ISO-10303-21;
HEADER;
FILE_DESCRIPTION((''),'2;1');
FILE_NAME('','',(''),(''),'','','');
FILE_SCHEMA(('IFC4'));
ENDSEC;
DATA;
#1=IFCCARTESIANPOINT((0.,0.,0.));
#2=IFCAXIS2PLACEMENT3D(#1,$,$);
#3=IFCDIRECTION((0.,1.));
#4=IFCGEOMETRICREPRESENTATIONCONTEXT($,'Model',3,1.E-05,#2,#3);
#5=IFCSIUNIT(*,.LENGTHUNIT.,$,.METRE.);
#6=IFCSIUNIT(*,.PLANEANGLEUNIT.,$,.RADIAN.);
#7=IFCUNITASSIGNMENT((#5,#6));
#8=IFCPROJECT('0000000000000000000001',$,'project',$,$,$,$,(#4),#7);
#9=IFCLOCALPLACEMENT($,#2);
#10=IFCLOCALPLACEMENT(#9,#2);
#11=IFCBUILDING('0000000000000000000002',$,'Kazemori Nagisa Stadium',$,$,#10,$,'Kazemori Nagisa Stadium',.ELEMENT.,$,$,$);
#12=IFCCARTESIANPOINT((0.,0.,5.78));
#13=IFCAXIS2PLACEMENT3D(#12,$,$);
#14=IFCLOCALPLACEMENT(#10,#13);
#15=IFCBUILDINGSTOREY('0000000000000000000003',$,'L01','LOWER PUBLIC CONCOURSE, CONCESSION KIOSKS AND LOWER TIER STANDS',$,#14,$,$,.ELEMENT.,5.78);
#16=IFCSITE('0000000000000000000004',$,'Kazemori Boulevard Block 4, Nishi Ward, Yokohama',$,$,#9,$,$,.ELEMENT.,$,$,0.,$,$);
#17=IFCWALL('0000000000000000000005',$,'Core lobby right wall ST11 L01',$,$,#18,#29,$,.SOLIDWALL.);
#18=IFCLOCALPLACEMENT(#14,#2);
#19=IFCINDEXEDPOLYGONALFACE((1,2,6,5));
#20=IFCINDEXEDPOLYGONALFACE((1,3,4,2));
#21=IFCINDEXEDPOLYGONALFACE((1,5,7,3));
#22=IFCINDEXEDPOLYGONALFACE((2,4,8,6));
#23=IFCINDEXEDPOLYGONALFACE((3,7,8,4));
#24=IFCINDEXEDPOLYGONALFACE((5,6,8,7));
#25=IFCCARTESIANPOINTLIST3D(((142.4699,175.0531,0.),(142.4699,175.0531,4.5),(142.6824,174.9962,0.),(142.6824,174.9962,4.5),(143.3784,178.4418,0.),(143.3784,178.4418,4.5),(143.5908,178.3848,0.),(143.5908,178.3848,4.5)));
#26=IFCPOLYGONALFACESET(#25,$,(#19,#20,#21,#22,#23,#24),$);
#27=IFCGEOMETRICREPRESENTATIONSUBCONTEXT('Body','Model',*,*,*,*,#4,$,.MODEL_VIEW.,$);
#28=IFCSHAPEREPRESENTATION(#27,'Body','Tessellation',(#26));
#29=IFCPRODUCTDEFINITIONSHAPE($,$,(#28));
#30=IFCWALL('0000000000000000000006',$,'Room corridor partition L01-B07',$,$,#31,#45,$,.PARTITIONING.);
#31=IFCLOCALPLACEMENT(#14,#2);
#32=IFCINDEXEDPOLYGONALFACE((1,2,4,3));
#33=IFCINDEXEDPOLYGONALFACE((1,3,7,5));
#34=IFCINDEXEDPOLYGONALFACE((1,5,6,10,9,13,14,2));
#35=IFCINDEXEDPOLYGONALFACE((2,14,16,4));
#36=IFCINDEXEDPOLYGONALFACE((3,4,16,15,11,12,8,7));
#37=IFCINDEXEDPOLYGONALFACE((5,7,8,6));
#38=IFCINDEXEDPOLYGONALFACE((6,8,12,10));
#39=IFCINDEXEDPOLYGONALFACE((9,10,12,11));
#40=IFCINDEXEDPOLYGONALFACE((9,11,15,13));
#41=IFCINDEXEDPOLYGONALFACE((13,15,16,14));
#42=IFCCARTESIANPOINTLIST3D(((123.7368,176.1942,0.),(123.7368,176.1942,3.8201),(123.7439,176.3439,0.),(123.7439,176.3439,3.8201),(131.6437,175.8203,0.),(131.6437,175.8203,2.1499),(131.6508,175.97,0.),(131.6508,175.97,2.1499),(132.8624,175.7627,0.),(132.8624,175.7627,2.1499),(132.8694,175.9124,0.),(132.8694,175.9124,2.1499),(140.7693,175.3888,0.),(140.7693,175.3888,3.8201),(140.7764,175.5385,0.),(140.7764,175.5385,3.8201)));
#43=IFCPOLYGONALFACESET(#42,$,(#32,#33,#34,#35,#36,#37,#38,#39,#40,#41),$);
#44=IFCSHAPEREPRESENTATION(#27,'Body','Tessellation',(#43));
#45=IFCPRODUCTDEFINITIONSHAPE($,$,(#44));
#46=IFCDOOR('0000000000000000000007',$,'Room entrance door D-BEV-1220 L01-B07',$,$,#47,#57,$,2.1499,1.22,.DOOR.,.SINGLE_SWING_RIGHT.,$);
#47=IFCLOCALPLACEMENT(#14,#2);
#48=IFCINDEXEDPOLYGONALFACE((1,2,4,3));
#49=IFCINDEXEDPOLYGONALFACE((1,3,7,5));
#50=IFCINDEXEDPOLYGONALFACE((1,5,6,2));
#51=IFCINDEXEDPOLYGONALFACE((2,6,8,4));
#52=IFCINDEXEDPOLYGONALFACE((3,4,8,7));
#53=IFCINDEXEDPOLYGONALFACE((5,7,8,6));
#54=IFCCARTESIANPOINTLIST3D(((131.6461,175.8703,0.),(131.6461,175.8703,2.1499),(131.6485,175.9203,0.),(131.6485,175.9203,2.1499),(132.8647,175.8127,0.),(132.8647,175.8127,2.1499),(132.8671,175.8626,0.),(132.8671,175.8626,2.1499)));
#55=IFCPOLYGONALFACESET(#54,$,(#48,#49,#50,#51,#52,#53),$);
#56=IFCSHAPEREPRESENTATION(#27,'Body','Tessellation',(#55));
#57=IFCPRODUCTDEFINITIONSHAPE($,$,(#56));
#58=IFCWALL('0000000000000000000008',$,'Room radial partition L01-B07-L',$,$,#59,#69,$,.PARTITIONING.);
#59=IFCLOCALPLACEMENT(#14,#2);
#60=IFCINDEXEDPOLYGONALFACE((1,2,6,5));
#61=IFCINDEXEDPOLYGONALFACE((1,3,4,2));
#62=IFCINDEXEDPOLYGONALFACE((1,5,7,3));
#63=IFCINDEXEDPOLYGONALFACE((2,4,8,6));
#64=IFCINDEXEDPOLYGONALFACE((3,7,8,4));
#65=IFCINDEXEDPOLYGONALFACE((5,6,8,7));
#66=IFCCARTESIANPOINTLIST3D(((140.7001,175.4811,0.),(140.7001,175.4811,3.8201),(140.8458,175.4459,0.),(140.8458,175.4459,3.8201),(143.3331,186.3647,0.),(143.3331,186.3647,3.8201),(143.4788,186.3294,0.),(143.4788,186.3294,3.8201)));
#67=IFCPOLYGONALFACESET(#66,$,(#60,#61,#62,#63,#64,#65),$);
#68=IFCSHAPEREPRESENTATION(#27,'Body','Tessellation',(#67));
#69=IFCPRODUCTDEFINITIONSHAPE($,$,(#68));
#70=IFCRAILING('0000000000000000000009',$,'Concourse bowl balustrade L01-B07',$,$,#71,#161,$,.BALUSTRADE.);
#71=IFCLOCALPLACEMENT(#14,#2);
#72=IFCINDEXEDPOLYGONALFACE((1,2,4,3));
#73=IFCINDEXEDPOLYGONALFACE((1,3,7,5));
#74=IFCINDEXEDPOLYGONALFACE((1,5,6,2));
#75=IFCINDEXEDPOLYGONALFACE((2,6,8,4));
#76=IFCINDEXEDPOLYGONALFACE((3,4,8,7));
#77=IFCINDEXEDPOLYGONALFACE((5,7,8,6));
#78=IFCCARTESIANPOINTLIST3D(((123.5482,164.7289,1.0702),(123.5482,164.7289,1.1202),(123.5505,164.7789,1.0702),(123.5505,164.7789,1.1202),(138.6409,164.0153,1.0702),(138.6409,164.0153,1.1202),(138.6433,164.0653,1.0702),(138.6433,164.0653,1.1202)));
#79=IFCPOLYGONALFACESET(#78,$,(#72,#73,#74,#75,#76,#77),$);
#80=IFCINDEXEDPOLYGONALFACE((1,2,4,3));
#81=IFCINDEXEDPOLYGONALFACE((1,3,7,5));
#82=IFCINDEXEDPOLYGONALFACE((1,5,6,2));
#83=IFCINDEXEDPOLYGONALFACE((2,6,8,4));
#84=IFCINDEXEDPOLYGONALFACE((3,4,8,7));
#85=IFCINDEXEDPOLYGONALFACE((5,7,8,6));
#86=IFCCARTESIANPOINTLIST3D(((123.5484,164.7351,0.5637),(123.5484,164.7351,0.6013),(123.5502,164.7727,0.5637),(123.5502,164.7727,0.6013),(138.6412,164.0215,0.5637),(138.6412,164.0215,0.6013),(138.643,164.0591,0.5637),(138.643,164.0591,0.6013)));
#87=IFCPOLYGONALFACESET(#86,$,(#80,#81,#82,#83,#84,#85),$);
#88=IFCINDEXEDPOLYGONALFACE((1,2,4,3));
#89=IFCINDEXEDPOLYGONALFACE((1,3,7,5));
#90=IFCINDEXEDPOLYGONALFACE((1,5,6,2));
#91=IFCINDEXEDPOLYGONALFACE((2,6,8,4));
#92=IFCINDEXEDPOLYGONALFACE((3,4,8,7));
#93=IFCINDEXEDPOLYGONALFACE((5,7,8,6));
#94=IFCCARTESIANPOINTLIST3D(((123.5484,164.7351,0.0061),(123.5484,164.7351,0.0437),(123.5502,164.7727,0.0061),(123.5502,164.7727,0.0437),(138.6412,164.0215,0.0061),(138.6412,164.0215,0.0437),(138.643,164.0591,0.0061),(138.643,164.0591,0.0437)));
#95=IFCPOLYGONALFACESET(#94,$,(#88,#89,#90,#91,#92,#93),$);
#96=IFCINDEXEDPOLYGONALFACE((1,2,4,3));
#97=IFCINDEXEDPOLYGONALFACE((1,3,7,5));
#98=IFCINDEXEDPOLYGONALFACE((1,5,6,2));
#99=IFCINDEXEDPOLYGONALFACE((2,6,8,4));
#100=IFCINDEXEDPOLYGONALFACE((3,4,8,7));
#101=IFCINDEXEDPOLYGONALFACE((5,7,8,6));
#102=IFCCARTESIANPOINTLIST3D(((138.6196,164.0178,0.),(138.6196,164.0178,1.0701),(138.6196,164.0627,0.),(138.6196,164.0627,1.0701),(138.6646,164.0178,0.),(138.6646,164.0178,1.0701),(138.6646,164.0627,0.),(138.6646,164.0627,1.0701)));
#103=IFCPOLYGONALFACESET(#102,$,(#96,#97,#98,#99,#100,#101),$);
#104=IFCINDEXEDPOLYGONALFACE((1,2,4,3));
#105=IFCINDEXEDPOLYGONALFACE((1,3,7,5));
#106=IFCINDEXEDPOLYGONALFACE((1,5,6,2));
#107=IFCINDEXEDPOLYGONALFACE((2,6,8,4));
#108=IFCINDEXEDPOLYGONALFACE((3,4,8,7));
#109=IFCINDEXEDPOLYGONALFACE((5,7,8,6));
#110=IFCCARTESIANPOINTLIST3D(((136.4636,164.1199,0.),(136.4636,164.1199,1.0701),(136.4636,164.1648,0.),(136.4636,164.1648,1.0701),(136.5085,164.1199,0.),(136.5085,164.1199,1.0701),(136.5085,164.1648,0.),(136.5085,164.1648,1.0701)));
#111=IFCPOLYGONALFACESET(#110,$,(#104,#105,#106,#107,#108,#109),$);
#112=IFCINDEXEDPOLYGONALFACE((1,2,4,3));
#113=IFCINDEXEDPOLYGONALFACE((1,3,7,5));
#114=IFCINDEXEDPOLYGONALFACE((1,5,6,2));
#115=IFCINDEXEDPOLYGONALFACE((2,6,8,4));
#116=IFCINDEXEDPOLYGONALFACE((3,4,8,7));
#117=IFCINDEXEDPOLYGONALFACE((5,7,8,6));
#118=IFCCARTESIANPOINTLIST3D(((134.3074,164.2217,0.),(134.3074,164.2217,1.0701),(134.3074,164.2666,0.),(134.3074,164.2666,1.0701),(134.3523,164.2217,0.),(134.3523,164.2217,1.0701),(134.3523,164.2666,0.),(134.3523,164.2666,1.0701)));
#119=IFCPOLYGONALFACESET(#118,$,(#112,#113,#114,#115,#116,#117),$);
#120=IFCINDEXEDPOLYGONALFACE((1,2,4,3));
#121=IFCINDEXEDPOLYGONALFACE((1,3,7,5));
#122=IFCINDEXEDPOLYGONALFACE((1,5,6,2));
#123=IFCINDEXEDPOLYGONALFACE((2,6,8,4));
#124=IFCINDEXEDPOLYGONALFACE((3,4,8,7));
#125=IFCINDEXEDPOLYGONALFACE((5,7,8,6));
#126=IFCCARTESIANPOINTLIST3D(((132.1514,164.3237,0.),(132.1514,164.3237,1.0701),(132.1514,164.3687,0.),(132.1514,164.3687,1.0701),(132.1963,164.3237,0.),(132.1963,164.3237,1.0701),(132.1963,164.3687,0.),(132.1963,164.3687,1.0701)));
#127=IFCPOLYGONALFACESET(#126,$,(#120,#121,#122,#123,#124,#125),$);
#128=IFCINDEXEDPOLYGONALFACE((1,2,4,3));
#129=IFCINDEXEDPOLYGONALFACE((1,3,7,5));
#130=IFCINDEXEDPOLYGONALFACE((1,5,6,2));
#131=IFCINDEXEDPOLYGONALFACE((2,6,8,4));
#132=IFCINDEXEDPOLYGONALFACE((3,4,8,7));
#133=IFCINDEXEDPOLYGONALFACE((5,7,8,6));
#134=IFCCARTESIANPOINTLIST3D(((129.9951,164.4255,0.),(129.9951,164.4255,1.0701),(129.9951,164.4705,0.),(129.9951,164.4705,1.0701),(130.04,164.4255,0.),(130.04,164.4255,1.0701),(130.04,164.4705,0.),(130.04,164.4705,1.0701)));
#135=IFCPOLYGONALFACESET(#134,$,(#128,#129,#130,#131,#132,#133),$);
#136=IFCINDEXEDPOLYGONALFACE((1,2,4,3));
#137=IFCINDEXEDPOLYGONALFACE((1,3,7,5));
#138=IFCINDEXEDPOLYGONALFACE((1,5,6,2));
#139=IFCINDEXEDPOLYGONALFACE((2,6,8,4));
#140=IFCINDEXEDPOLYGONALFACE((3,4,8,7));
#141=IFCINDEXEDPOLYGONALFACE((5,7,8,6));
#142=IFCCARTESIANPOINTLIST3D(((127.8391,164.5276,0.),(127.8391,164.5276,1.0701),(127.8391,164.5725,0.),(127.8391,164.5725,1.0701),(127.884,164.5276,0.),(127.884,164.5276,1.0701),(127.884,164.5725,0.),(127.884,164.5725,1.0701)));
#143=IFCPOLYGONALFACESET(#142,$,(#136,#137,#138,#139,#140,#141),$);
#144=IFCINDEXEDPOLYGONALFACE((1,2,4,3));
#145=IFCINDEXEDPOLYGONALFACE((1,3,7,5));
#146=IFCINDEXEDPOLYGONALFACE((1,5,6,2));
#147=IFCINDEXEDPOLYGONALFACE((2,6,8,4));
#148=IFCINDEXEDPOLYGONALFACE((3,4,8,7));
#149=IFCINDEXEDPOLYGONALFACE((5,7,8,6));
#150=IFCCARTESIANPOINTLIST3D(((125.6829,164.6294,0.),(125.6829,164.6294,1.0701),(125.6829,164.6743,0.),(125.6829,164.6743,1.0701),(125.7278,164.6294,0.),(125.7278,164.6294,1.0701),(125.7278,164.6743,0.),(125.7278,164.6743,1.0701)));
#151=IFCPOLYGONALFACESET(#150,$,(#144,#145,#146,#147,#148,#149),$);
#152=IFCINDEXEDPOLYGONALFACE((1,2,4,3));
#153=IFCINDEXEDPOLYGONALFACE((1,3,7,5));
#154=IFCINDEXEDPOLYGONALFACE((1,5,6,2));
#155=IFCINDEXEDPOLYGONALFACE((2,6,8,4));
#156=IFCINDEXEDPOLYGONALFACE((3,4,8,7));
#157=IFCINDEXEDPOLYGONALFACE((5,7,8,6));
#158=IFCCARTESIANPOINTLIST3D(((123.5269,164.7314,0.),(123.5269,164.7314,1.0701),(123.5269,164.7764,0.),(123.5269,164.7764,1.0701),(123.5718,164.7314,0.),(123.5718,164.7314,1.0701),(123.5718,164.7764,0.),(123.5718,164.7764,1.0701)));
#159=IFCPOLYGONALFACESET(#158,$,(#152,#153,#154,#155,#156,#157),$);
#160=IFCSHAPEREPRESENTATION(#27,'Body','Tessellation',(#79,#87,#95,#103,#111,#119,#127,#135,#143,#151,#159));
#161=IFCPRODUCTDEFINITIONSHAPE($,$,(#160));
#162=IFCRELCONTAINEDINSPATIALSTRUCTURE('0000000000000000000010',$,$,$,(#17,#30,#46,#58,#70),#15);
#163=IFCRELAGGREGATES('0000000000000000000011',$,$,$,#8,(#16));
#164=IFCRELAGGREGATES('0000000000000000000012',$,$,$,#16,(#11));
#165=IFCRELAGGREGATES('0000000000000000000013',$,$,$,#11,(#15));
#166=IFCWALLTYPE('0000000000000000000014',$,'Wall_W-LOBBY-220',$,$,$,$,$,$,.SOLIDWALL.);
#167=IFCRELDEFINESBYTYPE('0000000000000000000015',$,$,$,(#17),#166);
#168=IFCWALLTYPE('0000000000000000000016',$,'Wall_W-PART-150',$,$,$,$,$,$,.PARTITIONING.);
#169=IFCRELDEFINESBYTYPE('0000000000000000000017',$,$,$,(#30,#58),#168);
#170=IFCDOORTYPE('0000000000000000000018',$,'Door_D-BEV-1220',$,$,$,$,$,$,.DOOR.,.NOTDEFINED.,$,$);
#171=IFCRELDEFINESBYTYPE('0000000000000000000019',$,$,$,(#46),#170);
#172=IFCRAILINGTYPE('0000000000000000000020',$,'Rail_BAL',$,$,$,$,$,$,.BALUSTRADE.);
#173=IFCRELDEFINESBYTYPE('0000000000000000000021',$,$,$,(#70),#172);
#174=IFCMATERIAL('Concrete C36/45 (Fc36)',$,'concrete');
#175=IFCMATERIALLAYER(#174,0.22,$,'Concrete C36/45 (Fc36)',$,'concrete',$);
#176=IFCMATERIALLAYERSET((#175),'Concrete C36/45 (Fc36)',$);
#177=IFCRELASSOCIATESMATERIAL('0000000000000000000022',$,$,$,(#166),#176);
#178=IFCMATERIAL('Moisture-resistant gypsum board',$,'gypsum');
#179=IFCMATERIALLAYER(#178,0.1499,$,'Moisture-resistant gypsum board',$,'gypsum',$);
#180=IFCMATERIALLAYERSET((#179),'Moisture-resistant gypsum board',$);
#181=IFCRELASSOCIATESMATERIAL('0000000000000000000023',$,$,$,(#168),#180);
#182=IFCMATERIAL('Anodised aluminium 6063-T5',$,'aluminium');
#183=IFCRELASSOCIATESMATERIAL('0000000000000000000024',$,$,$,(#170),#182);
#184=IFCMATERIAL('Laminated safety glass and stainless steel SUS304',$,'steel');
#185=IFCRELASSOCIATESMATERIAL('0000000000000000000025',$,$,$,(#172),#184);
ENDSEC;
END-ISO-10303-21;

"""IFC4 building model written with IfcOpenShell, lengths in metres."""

from ifc_helpers import new_model, si_unit, direction, frame, frame_2d, origin, origin_2d, place, context, subcontext, project, spatial, rectangle, extrude, material, layer, layer_set, type_object, element, fill, save


model = new_model("IFC4")

# Units and contexts
model_context = context("Model", 3, precision=1e-05, world=origin(), true_north=direction((0.0, 1.0)))
body_context = subcontext(model_context, "Body", "Model", "MODEL_VIEW")
ifc_project = project(units=[si_unit("LENGTHUNIT", "METRE"), si_unit("PLANEANGLEUNIT", "RADIAN")], contexts=[model_context])

# Site, building, storey
site_placement = place(None, origin())
site = spatial("IfcSite", under=ifc_project, at=site_placement, Name="Kazemori Boulevard Block 4, Nishi Ward, Yokohama", CompositionType="ELEMENT", RefElevation=0.0)
building_placement = place(site_placement, origin())
building = spatial("IfcBuilding", under=site, at=building_placement, Name="Kazemori Nagisa Stadium", LongName="Kazemori Nagisa Stadium", CompositionType="ELEMENT")
storey_placement = place(building_placement, frame((0.0, 0.0, 5.78)))
storey = spatial("IfcBuildingStorey", under=building, at=storey_placement, Name="L01", Description="LOWER PUBLIC CONCOURSE, CONCESSION KIOSKS AND LOWER TIER STANDS", CompositionType="ELEMENT", Elevation=5.78)

# Wall
ifc_material_1 = material(Name="Concrete C36/45 (Fc36)", Category="concrete")
ifc_layer_1 = layer(ifc_material_1, 0.22, Name="Concrete C36/45 (Fc36)", Category="concrete")
ifc_layer_set_1 = layer_set([ifc_layer_1], Name="Concrete C36/45 (Fc36)")
wall_type_1 = type_object("IfcWallType", Name="Wall_W-LOBBY-220", PredefinedType="SOLIDWALL", material=ifc_layer_set_1)
wall_1_placement = place(storey_placement, frame((142.5762, 175.0247, 0.0), z_axis=(0.0, 0.0, 1.0), x_axis=(0.25894, 0.965893, 0.0)))
element("IfcWall", 1, at=wall_1_placement, inside=storey, type_object=wall_type_1, Name="Core lobby right wall ST11 L01", PredefinedType="SOLIDWALL", context=body_context, shape_type="SweptSolid", body=[
    extrude(rectangle(XDim=3.5083, YDim=0.22, at=frame_2d((1.7542, 0.0))), origin(), (0.0, 0.0, 1.0), 4.5),
])

# Wall, opening, door
ifc_material_2 = material(Name="Moisture-resistant gypsum board", Category="gypsum")
ifc_layer_2 = layer(ifc_material_2, 0.1499, Name="Moisture-resistant gypsum board", Category="gypsum")
ifc_layer_set_2 = layer_set([ifc_layer_2], Name="Moisture-resistant gypsum board")
wall_type_2 = type_object("IfcWallType", Name="Wall_W-PART-150", PredefinedType="PARTITIONING", material=ifc_layer_set_2)
wall_2_placement = place(storey_placement, frame((140.7729, 175.4636, 0.0), z_axis=(0.0, 0.0, 1.0), x_axis=(-0.998884, 0.047235, 0.0)))
wall_2 = element("IfcWall", 2, at=wall_2_placement, inside=storey, type_object=wall_type_2, Name="Room corridor partition L01-B07", PredefinedType="PARTITIONING", context=body_context, shape_type="SweptSolid", body=[
    extrude(rectangle(XDim=17.0515, YDim=0.1499, at=frame_2d((8.5259, 0.0))), origin(), (0.0, 0.0, 1.0), 3.8201),
])
opening_placement = place(wall_2_placement, frame((7.916, 0.0, 0.0)))
opening = element("IfcOpeningElement", 3, at=opening_placement, cuts=wall_2, PredefinedType="OPENING", context=body_context, shape_type="SweptSolid", body=[
    extrude(rectangle(XDim=1.22, YDim=2.1499, at=frame_2d((0.6099, 1.075))), frame((0.0, 0.085, 0.0), z_axis=(0.0, -1.0, 0.0), x_axis=(1.0, 0.0, 0.0)), (0.0, 0.0, 1.0), 0.1699),
])
ifc_material_3 = material(Name="Anodised aluminium 6063-T5", Category="aluminium")
door_type = type_object("IfcDoorType", Name="Door_D-BEV-1220", OperationType="NOTDEFINED", PredefinedType="DOOR", material=ifc_material_3)
door_placement = place(opening_placement, origin())
door = element("IfcDoor", 4, at=door_placement, inside=storey, type_object=door_type, Name="Room entrance door D-BEV-1220 L01-B07", OperationType="SINGLE_SWING_RIGHT", OverallHeight=2.1499, OverallWidth=1.22, PredefinedType="DOOR", context=body_context, shape_type="SweptSolid", body=[
    extrude(rectangle(XDim=1.22, YDim=2.1499, at=frame_2d((0.6099, 1.075))), frame((0.0, 0.0249, 0.0), z_axis=(0.0, -1.0, 0.0), x_axis=(1.0, 0.0, 0.0)), (0.0, 0.0, 1.0), 0.05),
])
fill(opening, door)

# Wall
wall_3_placement = place(storey_placement, frame((140.7729, 175.4636, 0.0), z_axis=(0.0, 0.0, 1.0), x_axis=(0.235146, 0.97196, 0.0)))
element("IfcWall", 5, at=wall_3_placement, inside=storey, type_object=wall_type_2, Name="Room radial partition L01-B07-L", PredefinedType="PARTITIONING", context=body_context, shape_type="SweptSolid", body=[
    extrude(rectangle(XDim=11.1975, YDim=0.1499, at=frame_2d((5.5986, 0.0))), origin(), (0.0, 0.0, 1.0), 3.8201),
])

# Railing
ifc_material_4 = material(Name="Laminated safety glass and stainless steel SUS304", Category="steel")
railing_type_1 = type_object("IfcRailingType", Name="Rail_BAL", PredefinedType="BALUSTRADE", material=ifc_material_4)
railing_1_placement = place(storey_placement, frame((138.6421, 164.0403, 0.0)))
element("IfcRailing", 6, at=railing_1_placement, inside=storey, type_object=railing_type_1, Name="Concourse bowl balustrade L01-B07", PredefinedType="BALUSTRADE", context=body_context, shape_type="SweptSolid", body=[
    extrude(rectangle(XDim=0.05, YDim=0.05, at=origin_2d()), frame((0.0, 0.0, 1.0952), z_axis=(-0.998884, 0.04723, 0.0), x_axis=(-0.04723, -0.998884, 0.0)), (0.0, 0.0, 1.0), 15.1096),
    extrude(rectangle(XDim=0.0376, YDim=0.0376, at=origin_2d()), frame((0.0, 0.0, 0.5825), z_axis=(-0.998884, 0.04723, 0.0), x_axis=(-0.04723, -0.998884, 0.0)), (0.0, 0.0, 1.0), 15.1096),
    extrude(rectangle(XDim=0.0376, YDim=0.0376, at=origin_2d()), frame((0.0, 0.0, 0.0249), z_axis=(-0.998884, 0.04723, 0.0), x_axis=(-0.04723, -0.998884, 0.0)), (0.0, 0.0, 1.0), 15.1096),
    extrude(rectangle(XDim=0.0449, YDim=0.0449, at=origin_2d()), origin(), (0.0, 0.0, 1.0), 1.0701),
    extrude(rectangle(XDim=0.0449, YDim=0.0449, at=origin_2d()), frame((-2.156, 0.1021, 0.0)), (0.0, 0.0, 1.0), 1.0701),
    extrude(rectangle(XDim=0.0449, YDim=0.0449, at=origin_2d()), frame((-4.3123, 0.2039, 0.0)), (0.0, 0.0, 1.0), 1.0701),
    extrude(rectangle(XDim=0.0449, YDim=0.0449, at=origin_2d()), frame((-6.4683, 0.3059, 0.0)), (0.0, 0.0, 1.0), 1.0701),
    extrude(rectangle(XDim=0.0449, YDim=0.0449, at=origin_2d()), frame((-8.6245, 0.4077, 0.0)), (0.0, 0.0, 1.0), 1.0701),
    extrude(rectangle(XDim=0.0449, YDim=0.0449, at=origin_2d()), frame((-10.7805, 0.5098, 0.0)), (0.0, 0.0, 1.0), 1.0701),
    extrude(rectangle(XDim=0.0449, YDim=0.0449, at=origin_2d()), frame((-12.9368, 0.6116, 0.0)), (0.0, 0.0, 1.0), 1.0701),
    extrude(rectangle(XDim=0.0449, YDim=0.0449, at=origin_2d()), frame((-15.0928, 0.7136, 0.0)), (0.0, 0.0, 1.0), 1.0701),
])

save(model, "model.ifc")
